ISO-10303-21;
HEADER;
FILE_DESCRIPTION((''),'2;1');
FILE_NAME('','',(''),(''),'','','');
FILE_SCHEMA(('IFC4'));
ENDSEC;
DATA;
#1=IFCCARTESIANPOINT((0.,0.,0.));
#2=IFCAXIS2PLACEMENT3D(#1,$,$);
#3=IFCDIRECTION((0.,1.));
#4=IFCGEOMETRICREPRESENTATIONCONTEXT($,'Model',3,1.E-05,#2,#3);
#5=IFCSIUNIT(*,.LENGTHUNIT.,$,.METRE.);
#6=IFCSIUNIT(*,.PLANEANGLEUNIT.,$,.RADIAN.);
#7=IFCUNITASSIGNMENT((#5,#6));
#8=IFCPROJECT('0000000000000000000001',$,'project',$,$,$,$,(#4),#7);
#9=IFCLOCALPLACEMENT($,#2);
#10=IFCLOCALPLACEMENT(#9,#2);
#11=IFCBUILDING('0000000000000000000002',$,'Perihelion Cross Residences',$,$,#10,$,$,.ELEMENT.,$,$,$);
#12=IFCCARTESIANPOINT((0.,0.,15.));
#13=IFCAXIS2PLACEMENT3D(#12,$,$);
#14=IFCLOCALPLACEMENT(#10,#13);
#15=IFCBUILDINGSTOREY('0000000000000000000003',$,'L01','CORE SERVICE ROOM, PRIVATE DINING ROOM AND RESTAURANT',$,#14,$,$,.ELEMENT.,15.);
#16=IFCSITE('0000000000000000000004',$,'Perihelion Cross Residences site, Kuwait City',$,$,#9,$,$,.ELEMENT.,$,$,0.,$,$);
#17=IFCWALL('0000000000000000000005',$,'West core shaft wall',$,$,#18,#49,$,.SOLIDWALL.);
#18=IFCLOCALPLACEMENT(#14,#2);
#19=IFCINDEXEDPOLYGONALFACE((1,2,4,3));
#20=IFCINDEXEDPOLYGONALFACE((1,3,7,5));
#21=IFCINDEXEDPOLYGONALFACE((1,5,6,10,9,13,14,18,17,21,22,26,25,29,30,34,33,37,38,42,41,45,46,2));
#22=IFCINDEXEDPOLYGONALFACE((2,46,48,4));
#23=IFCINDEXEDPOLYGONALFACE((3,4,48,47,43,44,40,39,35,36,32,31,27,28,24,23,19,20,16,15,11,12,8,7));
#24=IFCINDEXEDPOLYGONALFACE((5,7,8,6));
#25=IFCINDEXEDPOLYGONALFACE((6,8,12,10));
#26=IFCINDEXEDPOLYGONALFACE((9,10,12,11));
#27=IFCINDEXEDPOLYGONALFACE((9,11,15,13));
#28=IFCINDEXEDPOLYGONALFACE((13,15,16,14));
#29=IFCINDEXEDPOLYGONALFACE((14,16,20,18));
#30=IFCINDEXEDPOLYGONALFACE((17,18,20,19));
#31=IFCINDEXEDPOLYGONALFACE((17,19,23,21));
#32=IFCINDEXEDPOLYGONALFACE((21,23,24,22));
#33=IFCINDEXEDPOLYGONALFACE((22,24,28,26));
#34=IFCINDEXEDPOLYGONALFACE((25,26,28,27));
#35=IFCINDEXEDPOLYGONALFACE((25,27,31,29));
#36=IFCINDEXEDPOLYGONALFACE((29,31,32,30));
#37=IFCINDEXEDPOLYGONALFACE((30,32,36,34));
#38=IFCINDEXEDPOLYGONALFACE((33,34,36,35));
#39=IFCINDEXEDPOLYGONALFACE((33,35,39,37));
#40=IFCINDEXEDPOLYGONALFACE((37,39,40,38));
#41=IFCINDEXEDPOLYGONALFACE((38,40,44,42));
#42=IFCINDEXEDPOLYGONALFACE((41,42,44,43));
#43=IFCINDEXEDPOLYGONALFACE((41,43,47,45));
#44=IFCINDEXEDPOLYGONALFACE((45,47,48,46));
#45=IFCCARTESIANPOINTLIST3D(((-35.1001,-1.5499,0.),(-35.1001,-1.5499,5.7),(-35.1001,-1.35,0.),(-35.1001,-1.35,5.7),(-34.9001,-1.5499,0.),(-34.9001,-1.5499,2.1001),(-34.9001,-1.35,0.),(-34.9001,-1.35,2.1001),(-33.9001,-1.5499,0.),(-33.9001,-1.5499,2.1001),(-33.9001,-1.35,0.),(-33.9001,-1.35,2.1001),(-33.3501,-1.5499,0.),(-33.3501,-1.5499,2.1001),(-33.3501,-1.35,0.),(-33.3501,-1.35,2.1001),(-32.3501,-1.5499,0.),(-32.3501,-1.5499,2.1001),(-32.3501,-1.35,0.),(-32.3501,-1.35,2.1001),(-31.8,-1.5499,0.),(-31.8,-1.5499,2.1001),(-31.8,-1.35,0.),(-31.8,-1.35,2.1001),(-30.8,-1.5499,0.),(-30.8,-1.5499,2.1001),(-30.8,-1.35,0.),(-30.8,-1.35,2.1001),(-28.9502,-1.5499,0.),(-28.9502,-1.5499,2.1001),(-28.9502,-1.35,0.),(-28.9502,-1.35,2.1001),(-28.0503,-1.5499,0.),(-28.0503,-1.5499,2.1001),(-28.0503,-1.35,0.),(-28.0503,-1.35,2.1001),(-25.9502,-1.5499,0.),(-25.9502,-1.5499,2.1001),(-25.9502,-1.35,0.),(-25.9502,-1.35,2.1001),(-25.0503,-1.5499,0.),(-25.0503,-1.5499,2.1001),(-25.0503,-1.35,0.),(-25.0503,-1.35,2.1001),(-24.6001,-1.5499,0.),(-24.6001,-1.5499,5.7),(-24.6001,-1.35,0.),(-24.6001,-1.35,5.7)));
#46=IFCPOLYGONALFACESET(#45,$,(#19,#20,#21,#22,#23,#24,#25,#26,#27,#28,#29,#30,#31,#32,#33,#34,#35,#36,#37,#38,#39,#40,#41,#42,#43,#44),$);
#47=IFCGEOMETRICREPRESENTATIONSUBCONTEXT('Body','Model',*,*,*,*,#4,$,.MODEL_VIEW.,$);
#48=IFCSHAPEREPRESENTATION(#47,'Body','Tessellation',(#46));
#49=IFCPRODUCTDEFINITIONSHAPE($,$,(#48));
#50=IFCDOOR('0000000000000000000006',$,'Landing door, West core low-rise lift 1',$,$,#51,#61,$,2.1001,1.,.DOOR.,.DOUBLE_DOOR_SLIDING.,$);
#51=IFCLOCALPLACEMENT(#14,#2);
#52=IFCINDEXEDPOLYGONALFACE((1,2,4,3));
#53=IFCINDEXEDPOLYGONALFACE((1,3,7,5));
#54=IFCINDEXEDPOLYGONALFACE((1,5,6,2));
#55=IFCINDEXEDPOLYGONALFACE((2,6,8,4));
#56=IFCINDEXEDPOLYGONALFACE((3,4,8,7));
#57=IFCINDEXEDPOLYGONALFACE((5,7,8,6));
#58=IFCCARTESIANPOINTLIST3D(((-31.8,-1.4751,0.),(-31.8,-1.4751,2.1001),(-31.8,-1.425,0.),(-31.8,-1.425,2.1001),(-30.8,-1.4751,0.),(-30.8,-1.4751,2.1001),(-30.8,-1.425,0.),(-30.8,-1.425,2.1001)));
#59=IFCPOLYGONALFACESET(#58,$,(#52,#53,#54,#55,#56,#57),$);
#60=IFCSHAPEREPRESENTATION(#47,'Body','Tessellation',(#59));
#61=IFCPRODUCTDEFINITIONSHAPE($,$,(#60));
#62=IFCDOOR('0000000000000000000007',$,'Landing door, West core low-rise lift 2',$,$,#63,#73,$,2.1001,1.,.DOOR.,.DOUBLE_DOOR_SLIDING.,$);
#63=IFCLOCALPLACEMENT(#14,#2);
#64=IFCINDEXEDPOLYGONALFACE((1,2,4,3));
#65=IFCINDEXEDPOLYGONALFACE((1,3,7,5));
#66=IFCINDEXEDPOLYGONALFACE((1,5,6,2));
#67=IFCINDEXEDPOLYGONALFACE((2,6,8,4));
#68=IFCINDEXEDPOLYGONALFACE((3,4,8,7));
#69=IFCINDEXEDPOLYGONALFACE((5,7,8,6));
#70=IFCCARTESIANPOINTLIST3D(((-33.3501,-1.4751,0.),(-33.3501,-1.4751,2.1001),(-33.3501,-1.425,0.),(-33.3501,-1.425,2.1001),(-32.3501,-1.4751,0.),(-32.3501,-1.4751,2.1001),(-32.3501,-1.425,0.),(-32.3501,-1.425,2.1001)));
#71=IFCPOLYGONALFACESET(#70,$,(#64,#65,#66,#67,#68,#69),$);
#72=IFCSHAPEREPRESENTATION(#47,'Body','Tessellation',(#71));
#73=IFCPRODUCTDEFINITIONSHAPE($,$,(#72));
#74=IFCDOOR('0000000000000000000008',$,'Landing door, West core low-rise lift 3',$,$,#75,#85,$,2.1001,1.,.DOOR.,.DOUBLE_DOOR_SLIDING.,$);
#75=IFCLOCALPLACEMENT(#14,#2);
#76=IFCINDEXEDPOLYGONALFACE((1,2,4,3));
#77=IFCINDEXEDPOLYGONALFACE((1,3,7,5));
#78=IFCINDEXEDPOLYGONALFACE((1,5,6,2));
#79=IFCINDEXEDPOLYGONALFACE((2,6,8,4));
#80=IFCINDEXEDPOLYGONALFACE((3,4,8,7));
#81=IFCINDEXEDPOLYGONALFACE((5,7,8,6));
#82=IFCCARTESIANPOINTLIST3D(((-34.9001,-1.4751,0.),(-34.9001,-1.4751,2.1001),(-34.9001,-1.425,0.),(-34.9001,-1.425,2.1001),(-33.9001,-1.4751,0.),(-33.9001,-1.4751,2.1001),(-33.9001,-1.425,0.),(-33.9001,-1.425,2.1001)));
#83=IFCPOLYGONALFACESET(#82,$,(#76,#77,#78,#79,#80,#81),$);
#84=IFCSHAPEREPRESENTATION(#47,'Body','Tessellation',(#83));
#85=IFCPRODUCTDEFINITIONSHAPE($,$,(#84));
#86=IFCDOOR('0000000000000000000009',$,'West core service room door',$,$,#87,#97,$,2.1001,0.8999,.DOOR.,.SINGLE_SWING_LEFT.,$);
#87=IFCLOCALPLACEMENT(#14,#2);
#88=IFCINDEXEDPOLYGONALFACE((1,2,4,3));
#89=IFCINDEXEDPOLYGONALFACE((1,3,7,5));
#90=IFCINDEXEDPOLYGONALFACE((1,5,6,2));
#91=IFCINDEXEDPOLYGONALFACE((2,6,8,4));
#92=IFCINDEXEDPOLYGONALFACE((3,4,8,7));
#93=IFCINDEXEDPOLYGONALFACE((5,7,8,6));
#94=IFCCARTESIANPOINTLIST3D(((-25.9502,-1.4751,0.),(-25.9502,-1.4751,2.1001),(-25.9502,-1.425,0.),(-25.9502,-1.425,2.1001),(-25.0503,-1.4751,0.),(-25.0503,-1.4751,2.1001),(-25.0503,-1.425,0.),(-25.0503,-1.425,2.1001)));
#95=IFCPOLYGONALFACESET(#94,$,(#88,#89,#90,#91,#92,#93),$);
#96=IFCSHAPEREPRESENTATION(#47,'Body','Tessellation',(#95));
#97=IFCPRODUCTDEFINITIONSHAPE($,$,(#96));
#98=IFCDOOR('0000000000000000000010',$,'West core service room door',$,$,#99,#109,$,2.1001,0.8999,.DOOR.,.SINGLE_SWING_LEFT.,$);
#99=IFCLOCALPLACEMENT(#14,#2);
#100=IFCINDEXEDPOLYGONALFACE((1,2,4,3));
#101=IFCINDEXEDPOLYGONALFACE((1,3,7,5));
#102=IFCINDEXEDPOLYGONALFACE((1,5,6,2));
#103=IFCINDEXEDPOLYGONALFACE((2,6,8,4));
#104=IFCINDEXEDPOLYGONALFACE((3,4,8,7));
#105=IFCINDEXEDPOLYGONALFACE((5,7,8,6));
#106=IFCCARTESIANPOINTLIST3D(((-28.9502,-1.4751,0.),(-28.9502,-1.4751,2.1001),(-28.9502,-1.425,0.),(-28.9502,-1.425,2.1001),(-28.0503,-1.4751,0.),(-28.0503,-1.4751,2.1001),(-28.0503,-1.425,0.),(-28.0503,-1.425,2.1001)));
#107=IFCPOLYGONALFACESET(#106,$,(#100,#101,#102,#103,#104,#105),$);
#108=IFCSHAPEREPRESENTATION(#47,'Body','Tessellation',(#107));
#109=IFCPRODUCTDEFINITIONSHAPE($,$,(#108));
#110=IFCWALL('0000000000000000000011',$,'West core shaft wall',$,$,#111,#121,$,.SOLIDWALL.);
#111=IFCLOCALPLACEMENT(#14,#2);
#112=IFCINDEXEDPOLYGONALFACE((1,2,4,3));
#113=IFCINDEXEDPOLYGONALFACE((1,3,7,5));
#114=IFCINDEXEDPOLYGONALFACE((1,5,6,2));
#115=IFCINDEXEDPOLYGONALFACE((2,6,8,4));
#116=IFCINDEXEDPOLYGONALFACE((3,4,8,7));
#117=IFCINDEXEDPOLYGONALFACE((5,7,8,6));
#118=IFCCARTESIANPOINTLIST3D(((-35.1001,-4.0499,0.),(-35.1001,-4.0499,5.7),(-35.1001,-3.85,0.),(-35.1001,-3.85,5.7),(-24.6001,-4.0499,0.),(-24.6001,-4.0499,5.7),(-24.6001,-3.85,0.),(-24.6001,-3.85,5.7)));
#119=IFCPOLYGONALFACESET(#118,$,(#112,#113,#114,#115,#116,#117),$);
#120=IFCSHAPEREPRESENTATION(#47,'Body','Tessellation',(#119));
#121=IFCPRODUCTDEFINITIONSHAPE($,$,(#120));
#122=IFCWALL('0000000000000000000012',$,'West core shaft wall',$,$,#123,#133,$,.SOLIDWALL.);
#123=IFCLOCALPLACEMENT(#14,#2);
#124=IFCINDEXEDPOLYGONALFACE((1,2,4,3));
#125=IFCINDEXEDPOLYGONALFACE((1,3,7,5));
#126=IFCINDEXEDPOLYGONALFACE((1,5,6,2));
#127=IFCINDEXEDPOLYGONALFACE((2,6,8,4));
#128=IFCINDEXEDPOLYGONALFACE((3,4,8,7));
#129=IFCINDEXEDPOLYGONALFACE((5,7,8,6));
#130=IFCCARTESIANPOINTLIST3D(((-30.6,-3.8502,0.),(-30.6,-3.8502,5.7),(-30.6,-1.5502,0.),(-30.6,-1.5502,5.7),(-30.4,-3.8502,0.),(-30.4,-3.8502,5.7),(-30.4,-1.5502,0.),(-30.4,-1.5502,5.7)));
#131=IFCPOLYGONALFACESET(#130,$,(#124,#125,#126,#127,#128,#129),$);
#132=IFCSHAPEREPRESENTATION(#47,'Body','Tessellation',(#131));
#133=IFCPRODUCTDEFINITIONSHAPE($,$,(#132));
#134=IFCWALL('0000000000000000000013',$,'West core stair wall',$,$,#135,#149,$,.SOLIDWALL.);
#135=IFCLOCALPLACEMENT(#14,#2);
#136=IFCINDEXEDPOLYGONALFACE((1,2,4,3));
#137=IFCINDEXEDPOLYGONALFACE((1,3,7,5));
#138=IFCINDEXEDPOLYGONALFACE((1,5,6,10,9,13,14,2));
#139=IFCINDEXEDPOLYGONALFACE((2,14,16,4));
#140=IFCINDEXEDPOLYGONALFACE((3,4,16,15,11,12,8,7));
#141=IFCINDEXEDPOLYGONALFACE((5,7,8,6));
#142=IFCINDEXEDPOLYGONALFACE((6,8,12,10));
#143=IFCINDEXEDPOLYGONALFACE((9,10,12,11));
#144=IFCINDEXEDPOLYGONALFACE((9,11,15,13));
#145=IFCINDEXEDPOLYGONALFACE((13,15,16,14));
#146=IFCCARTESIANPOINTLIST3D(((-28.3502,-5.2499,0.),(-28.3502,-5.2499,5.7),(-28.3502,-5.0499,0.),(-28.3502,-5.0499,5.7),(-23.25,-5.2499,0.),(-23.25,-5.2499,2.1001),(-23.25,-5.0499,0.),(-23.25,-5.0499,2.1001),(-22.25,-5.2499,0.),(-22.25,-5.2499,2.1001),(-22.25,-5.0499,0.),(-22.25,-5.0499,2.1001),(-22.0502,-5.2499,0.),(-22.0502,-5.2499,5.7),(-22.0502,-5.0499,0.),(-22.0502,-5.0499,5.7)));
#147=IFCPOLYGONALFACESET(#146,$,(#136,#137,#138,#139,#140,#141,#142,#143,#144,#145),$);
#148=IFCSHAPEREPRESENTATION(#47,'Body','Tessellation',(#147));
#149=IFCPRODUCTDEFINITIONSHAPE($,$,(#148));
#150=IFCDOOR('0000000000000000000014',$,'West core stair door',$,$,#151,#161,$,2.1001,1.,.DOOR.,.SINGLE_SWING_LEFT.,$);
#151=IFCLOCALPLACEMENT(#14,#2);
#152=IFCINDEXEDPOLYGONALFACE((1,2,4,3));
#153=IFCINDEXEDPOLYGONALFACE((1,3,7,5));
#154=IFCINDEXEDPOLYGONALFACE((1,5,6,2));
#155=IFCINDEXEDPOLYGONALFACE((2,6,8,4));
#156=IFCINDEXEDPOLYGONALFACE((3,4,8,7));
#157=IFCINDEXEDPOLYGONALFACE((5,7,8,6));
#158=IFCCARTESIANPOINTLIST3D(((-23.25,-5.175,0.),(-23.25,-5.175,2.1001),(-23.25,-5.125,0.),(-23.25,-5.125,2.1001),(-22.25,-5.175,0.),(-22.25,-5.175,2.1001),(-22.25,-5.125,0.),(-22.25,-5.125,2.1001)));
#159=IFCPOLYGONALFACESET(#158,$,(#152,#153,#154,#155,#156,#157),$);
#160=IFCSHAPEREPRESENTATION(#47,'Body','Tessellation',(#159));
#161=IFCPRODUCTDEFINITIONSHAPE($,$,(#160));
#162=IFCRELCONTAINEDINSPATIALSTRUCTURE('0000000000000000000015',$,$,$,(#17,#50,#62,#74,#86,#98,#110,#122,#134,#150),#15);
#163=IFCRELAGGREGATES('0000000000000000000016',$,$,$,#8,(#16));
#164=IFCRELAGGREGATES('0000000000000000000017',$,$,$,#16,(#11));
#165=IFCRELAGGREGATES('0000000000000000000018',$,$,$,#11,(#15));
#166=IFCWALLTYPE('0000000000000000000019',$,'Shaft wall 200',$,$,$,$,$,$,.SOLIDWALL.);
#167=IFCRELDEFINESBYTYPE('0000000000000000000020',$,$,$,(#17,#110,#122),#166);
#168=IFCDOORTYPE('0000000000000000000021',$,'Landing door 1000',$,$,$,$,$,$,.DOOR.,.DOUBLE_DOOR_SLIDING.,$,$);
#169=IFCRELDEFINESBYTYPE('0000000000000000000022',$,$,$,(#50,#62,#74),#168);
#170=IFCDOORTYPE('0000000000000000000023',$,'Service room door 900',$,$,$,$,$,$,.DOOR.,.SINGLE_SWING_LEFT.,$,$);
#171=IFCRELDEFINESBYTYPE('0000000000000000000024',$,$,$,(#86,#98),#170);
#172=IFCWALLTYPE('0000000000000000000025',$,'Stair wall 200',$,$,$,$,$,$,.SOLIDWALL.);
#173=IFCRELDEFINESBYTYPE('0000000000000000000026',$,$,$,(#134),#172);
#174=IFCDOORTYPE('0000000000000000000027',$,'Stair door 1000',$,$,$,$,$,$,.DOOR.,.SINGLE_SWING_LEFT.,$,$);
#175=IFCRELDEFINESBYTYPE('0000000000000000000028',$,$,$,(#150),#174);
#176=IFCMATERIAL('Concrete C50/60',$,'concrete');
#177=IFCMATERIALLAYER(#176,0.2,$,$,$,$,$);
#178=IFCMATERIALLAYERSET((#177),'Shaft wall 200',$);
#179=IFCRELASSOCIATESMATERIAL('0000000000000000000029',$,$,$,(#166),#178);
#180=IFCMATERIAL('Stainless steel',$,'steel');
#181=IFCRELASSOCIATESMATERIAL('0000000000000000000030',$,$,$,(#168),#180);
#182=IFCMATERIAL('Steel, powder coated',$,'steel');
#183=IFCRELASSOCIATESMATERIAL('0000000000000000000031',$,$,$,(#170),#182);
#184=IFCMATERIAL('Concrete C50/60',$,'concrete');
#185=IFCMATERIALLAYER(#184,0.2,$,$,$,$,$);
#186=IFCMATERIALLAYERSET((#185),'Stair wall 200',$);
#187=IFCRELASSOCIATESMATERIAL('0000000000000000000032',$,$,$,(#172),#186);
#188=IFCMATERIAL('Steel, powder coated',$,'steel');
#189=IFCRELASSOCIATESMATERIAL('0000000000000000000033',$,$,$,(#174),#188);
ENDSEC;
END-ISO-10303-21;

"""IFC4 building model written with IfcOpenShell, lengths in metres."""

from ifc_helpers import new_model, si_unit, direction, frame, frame_2d, origin, place, context, subcontext, project, spatial, rectangle, extrude, material, layer, layer_set, type_object, element, fill, save


model = new_model("IFC4")

# Units and contexts
model_context = context("Model", 3, precision=1e-05, world=origin(), true_north=direction((0.0, 1.0)))
body_context = subcontext(model_context, "Body", "Model", "MODEL_VIEW")
ifc_project = project(units=[si_unit("LENGTHUNIT", "METRE"), si_unit("PLANEANGLEUNIT", "RADIAN")], contexts=[model_context])

# Site, building, storey
site_placement = place(None, origin())
site = spatial("IfcSite", under=ifc_project, at=site_placement, Name="Perihelion Cross Residences site, Kuwait City", CompositionType="ELEMENT", RefElevation=0.0)
building_placement = place(site_placement, origin())
building = spatial("IfcBuilding", under=site, at=building_placement, Name="Perihelion Cross Residences", CompositionType="ELEMENT")
storey_placement = place(building_placement, frame((0.0, 0.0, 15.0)))
storey = spatial("IfcBuildingStorey", under=building, at=storey_placement, Name="L01", Description="CORE SERVICE ROOM, PRIVATE DINING ROOM AND RESTAURANT", CompositionType="ELEMENT", Elevation=15.0)

# Wall, openings, doors
ifc_material_1 = material(Name="Concrete C50/60", Category="concrete")
ifc_layer_1 = layer(ifc_material_1, 0.2)
ifc_layer_set_1 = layer_set([ifc_layer_1], Name="Shaft wall 200")
wall_type_1 = type_object("IfcWallType", Name="Shaft wall 200", PredefinedType="SOLIDWALL", material=ifc_layer_set_1)
wall_1_placement = place(storey_placement, frame((-35.1001, -1.45, 0.0), z_axis=(0.0, 0.0, 1.0), x_axis=(1.0, 0.0, 0.0)))
wall_1 = element("IfcWall", 1, at=wall_1_placement, inside=storey, type_object=wall_type_1, Name="West core shaft wall", PredefinedType="SOLIDWALL", context=body_context, shape_type="SweptSolid", body=[
    extrude(rectangle(XDim=10.5, YDim=0.2, at=frame_2d((5.25, 0.0))), origin(), (0.0, 0.0, 1.0), 5.7),
])
opening_1_placement = place(wall_1_placement, frame((3.3, 0.0, 0.0)))
opening_1 = element("IfcOpeningElement", 2, at=opening_1_placement, cuts=wall_1, PredefinedType="OPENING", context=body_context, shape_type="SweptSolid", body=[
    extrude(rectangle(XDim=1.0, YDim=2.1001, at=frame_2d((0.5, 1.05))), frame((0.0, 0.1099, 0.0), z_axis=(0.0, -1.0, 0.0), x_axis=(1.0, 0.0, 0.0)), (0.0, 0.0, 1.0), 0.22),
])
opening_2_placement = place(wall_1_placement, frame((1.75, 0.0, 0.0)))
opening_2 = element("IfcOpeningElement", 3, at=opening_2_placement, cuts=wall_1, PredefinedType="OPENING", context=body_context, shape_type="SweptSolid", body=[
    extrude(rectangle(XDim=1.0, YDim=2.1001, at=frame_2d((0.5, 1.05))), frame((0.0, 0.1099, 0.0), z_axis=(0.0, -1.0, 0.0), x_axis=(1.0, 0.0, 0.0)), (0.0, 0.0, 1.0), 0.22),
])
opening_3_placement = place(wall_1_placement, frame((0.2, 0.0, 0.0)))
opening_3 = element("IfcOpeningElement", 4, at=opening_3_placement, cuts=wall_1, PredefinedType="OPENING", context=body_context, shape_type="SweptSolid", body=[
    extrude(rectangle(XDim=1.0, YDim=2.1001, at=frame_2d((0.5, 1.05))), frame((0.0, 0.1099, 0.0), z_axis=(0.0, -1.0, 0.0), x_axis=(1.0, 0.0, 0.0)), (0.0, 0.0, 1.0), 0.22),
])
opening_4_placement = place(wall_1_placement, frame((9.1499, 0.0, 0.0)))
opening_4 = element("IfcOpeningElement", 5, at=opening_4_placement, cuts=wall_1, PredefinedType="OPENING", context=body_context, shape_type="SweptSolid", body=[
    extrude(rectangle(XDim=0.8999, YDim=2.1001, at=frame_2d((0.45, 1.05))), frame((0.0, 0.1099, 0.0), z_axis=(0.0, -1.0, 0.0), x_axis=(1.0, 0.0, 0.0)), (0.0, 0.0, 1.0), 0.22),
])
opening_5_placement = place(wall_1_placement, frame((6.1499, 0.0, 0.0)))
opening_5 = element("IfcOpeningElement", 6, at=opening_5_placement, cuts=wall_1, PredefinedType="OPENING", context=body_context, shape_type="SweptSolid", body=[
    extrude(rectangle(XDim=0.8999, YDim=2.1001, at=frame_2d((0.45, 1.05))), frame((0.0, 0.1099, 0.0), z_axis=(0.0, -1.0, 0.0), x_axis=(1.0, 0.0, 0.0)), (0.0, 0.0, 1.0), 0.22),
])
ifc_material_2 = material(Name="Stainless steel", Category="steel")
door_type_1 = type_object("IfcDoorType", Name="Landing door 1000", OperationType="DOUBLE_DOOR_SLIDING", PredefinedType="DOOR", material=ifc_material_2)
door_1_placement = place(opening_1_placement, origin())
door_1 = element("IfcDoor", 7, at=door_1_placement, inside=storey, type_object=door_type_1, Name="Landing door, West core low-rise lift 1", OperationType="DOUBLE_DOOR_SLIDING", OverallHeight=2.1001, OverallWidth=1.0, PredefinedType="DOOR", context=body_context, shape_type="SweptSolid", body=[
    extrude(rectangle(XDim=1.0, YDim=2.1001, at=frame_2d((0.5, 1.05))), frame((0.0, 0.0249, 0.0), z_axis=(0.0, -1.0, 0.0), x_axis=(1.0, 0.0, 0.0)), (0.0, 0.0, 1.0), 0.05),
])
fill(opening_1, door_1)
door_2_placement = place(opening_2_placement, origin())
door_2 = element("IfcDoor", 8, at=door_2_placement, inside=storey, type_object=door_type_1, Name="Landing door, West core low-rise lift 2", OperationType="DOUBLE_DOOR_SLIDING", OverallHeight=2.1001, OverallWidth=1.0, PredefinedType="DOOR", context=body_context, shape_type="SweptSolid", body=[
    extrude(rectangle(XDim=1.0, YDim=2.1001, at=frame_2d((0.5, 1.05))), frame((0.0, 0.0249, 0.0), z_axis=(0.0, -1.0, 0.0), x_axis=(1.0, 0.0, 0.0)), (0.0, 0.0, 1.0), 0.05),
])
fill(opening_2, door_2)
door_3_placement = place(opening_3_placement, origin())
door_3 = element("IfcDoor", 9, at=door_3_placement, inside=storey, type_object=door_type_1, Name="Landing door, West core low-rise lift 3", OperationType="DOUBLE_DOOR_SLIDING", OverallHeight=2.1001, OverallWidth=1.0, PredefinedType="DOOR", context=body_context, shape_type="SweptSolid", body=[
    extrude(rectangle(XDim=1.0, YDim=2.1001, at=frame_2d((0.5, 1.05))), frame((0.0, 0.0249, 0.0), z_axis=(0.0, -1.0, 0.0), x_axis=(1.0, 0.0, 0.0)), (0.0, 0.0, 1.0), 0.05),
])
fill(opening_3, door_3)
ifc_material_3 = material(Name="Steel, powder coated", Category="steel")
door_type_2 = type_object("IfcDoorType", Name="Service room door 900", OperationType="SINGLE_SWING_LEFT", PredefinedType="DOOR", material=ifc_material_3)
door_4_placement = place(opening_4_placement, origin())
door_4 = element("IfcDoor", 10, at=door_4_placement, inside=storey, type_object=door_type_2, Name="West core service room door", OperationType="SINGLE_SWING_LEFT", OverallHeight=2.1001, OverallWidth=0.8999, PredefinedType="DOOR", context=body_context, shape_type="SweptSolid", body=[
    extrude(rectangle(XDim=0.8999, YDim=2.1001, at=frame_2d((0.45, 1.05))), frame((0.0, 0.0249, 0.0), z_axis=(0.0, -1.0, 0.0), x_axis=(1.0, 0.0, 0.0)), (0.0, 0.0, 1.0), 0.05),
])
fill(opening_4, door_4)
door_5_placement = place(opening_5_placement, origin())
door_5 = element("IfcDoor", 11, at=door_5_placement, inside=storey, type_object=door_type_2, Name="West core service room door", OperationType="SINGLE_SWING_LEFT", OverallHeight=2.1001, OverallWidth=0.8999, PredefinedType="DOOR", context=body_context, shape_type="SweptSolid", body=[
    extrude(rectangle(XDim=0.8999, YDim=2.1001, at=frame_2d((0.45, 1.05))), frame((0.0, 0.0249, 0.0), z_axis=(0.0, -1.0, 0.0), x_axis=(1.0, 0.0, 0.0)), (0.0, 0.0, 1.0), 0.05),
])
fill(opening_5, door_5)

# Walls
wall_2_placement = place(storey_placement, frame((-35.1001, -3.95, 0.0), z_axis=(0.0, 0.0, 1.0), x_axis=(1.0, 0.0, 0.0)))
element("IfcWall", 12, at=wall_2_placement, inside=storey, type_object=wall_type_1, Name="West core shaft wall", PredefinedType="SOLIDWALL", context=body_context, shape_type="SweptSolid", body=[
    extrude(rectangle(XDim=10.5, YDim=0.2, at=frame_2d((5.25, 0.0))), origin(), (0.0, 0.0, 1.0), 5.7),
])
wall_3_placement = place(storey_placement, frame((-30.5, -3.8501, 0.0), z_axis=(0.0, 0.0, 1.0), x_axis=(0.0, 1.0, 0.0)))
element("IfcWall", 13, at=wall_3_placement, inside=storey, type_object=wall_type_1, Name="West core shaft wall", PredefinedType="SOLIDWALL", context=body_context, shape_type="SweptSolid", body=[
    extrude(rectangle(XDim=2.3, YDim=0.2, at=frame_2d((1.1499, 0.0))), origin(), (0.0, 0.0, 1.0), 5.7),
])

# Wall, opening, door
ifc_material_4 = material(Name="Concrete C50/60", Category="concrete")
ifc_layer_2 = layer(ifc_material_4, 0.2)
ifc_layer_set_2 = layer_set([ifc_layer_2], Name="Stair wall 200")
wall_type_2 = type_object("IfcWallType", Name="Stair wall 200", PredefinedType="SOLIDWALL", material=ifc_layer_set_2)
wall_4_placement = place(storey_placement, frame((-28.3501, -5.1499, 0.0), z_axis=(0.0, 0.0, 1.0), x_axis=(1.0, 0.0, 0.0)))
wall_4 = element("IfcWall", 14, at=wall_4_placement, inside=storey, type_object=wall_type_2, Name="West core stair wall", PredefinedType="SOLIDWALL", context=body_context, shape_type="SweptSolid", body=[
    extrude(rectangle(XDim=6.3, YDim=0.2, at=frame_2d((3.1499, 0.0))), origin(), (0.0, 0.0, 1.0), 5.7),
])
opening_6_placement = place(wall_4_placement, frame((5.1001, 0.0, 0.0)))
opening_6 = element("IfcOpeningElement", 15, at=opening_6_placement, cuts=wall_4, PredefinedType="OPENING", context=body_context, shape_type="SweptSolid", body=[
    extrude(rectangle(XDim=1.0, YDim=2.1001, at=frame_2d((0.5, 1.05))), frame((0.0, 0.1099, 0.0), z_axis=(0.0, -1.0, 0.0), x_axis=(1.0, 0.0, 0.0)), (0.0, 0.0, 1.0), 0.22),
])
ifc_material_5 = material(Name="Steel, powder coated", Category="steel")
door_type_3 = type_object("IfcDoorType", Name="Stair door 1000", OperationType="SINGLE_SWING_LEFT", PredefinedType="DOOR", material=ifc_material_5)
door_6_placement = place(opening_6_placement, origin())
door_6 = element("IfcDoor", 16, at=door_6_placement, inside=storey, type_object=door_type_3, Name="West core stair door", OperationType="SINGLE_SWING_LEFT", OverallHeight=2.1001, OverallWidth=1.0, PredefinedType="DOOR", context=body_context, shape_type="SweptSolid", body=[
    extrude(rectangle(XDim=1.0, YDim=2.1001, at=frame_2d((0.5, 1.05))), frame((0.0, 0.0249, 0.0), z_axis=(0.0, -1.0, 0.0), x_axis=(1.0, 0.0, 0.0)), (0.0, 0.0, 1.0), 0.05),
])
fill(opening_6, door_6)

save(model, "model.ifc")
